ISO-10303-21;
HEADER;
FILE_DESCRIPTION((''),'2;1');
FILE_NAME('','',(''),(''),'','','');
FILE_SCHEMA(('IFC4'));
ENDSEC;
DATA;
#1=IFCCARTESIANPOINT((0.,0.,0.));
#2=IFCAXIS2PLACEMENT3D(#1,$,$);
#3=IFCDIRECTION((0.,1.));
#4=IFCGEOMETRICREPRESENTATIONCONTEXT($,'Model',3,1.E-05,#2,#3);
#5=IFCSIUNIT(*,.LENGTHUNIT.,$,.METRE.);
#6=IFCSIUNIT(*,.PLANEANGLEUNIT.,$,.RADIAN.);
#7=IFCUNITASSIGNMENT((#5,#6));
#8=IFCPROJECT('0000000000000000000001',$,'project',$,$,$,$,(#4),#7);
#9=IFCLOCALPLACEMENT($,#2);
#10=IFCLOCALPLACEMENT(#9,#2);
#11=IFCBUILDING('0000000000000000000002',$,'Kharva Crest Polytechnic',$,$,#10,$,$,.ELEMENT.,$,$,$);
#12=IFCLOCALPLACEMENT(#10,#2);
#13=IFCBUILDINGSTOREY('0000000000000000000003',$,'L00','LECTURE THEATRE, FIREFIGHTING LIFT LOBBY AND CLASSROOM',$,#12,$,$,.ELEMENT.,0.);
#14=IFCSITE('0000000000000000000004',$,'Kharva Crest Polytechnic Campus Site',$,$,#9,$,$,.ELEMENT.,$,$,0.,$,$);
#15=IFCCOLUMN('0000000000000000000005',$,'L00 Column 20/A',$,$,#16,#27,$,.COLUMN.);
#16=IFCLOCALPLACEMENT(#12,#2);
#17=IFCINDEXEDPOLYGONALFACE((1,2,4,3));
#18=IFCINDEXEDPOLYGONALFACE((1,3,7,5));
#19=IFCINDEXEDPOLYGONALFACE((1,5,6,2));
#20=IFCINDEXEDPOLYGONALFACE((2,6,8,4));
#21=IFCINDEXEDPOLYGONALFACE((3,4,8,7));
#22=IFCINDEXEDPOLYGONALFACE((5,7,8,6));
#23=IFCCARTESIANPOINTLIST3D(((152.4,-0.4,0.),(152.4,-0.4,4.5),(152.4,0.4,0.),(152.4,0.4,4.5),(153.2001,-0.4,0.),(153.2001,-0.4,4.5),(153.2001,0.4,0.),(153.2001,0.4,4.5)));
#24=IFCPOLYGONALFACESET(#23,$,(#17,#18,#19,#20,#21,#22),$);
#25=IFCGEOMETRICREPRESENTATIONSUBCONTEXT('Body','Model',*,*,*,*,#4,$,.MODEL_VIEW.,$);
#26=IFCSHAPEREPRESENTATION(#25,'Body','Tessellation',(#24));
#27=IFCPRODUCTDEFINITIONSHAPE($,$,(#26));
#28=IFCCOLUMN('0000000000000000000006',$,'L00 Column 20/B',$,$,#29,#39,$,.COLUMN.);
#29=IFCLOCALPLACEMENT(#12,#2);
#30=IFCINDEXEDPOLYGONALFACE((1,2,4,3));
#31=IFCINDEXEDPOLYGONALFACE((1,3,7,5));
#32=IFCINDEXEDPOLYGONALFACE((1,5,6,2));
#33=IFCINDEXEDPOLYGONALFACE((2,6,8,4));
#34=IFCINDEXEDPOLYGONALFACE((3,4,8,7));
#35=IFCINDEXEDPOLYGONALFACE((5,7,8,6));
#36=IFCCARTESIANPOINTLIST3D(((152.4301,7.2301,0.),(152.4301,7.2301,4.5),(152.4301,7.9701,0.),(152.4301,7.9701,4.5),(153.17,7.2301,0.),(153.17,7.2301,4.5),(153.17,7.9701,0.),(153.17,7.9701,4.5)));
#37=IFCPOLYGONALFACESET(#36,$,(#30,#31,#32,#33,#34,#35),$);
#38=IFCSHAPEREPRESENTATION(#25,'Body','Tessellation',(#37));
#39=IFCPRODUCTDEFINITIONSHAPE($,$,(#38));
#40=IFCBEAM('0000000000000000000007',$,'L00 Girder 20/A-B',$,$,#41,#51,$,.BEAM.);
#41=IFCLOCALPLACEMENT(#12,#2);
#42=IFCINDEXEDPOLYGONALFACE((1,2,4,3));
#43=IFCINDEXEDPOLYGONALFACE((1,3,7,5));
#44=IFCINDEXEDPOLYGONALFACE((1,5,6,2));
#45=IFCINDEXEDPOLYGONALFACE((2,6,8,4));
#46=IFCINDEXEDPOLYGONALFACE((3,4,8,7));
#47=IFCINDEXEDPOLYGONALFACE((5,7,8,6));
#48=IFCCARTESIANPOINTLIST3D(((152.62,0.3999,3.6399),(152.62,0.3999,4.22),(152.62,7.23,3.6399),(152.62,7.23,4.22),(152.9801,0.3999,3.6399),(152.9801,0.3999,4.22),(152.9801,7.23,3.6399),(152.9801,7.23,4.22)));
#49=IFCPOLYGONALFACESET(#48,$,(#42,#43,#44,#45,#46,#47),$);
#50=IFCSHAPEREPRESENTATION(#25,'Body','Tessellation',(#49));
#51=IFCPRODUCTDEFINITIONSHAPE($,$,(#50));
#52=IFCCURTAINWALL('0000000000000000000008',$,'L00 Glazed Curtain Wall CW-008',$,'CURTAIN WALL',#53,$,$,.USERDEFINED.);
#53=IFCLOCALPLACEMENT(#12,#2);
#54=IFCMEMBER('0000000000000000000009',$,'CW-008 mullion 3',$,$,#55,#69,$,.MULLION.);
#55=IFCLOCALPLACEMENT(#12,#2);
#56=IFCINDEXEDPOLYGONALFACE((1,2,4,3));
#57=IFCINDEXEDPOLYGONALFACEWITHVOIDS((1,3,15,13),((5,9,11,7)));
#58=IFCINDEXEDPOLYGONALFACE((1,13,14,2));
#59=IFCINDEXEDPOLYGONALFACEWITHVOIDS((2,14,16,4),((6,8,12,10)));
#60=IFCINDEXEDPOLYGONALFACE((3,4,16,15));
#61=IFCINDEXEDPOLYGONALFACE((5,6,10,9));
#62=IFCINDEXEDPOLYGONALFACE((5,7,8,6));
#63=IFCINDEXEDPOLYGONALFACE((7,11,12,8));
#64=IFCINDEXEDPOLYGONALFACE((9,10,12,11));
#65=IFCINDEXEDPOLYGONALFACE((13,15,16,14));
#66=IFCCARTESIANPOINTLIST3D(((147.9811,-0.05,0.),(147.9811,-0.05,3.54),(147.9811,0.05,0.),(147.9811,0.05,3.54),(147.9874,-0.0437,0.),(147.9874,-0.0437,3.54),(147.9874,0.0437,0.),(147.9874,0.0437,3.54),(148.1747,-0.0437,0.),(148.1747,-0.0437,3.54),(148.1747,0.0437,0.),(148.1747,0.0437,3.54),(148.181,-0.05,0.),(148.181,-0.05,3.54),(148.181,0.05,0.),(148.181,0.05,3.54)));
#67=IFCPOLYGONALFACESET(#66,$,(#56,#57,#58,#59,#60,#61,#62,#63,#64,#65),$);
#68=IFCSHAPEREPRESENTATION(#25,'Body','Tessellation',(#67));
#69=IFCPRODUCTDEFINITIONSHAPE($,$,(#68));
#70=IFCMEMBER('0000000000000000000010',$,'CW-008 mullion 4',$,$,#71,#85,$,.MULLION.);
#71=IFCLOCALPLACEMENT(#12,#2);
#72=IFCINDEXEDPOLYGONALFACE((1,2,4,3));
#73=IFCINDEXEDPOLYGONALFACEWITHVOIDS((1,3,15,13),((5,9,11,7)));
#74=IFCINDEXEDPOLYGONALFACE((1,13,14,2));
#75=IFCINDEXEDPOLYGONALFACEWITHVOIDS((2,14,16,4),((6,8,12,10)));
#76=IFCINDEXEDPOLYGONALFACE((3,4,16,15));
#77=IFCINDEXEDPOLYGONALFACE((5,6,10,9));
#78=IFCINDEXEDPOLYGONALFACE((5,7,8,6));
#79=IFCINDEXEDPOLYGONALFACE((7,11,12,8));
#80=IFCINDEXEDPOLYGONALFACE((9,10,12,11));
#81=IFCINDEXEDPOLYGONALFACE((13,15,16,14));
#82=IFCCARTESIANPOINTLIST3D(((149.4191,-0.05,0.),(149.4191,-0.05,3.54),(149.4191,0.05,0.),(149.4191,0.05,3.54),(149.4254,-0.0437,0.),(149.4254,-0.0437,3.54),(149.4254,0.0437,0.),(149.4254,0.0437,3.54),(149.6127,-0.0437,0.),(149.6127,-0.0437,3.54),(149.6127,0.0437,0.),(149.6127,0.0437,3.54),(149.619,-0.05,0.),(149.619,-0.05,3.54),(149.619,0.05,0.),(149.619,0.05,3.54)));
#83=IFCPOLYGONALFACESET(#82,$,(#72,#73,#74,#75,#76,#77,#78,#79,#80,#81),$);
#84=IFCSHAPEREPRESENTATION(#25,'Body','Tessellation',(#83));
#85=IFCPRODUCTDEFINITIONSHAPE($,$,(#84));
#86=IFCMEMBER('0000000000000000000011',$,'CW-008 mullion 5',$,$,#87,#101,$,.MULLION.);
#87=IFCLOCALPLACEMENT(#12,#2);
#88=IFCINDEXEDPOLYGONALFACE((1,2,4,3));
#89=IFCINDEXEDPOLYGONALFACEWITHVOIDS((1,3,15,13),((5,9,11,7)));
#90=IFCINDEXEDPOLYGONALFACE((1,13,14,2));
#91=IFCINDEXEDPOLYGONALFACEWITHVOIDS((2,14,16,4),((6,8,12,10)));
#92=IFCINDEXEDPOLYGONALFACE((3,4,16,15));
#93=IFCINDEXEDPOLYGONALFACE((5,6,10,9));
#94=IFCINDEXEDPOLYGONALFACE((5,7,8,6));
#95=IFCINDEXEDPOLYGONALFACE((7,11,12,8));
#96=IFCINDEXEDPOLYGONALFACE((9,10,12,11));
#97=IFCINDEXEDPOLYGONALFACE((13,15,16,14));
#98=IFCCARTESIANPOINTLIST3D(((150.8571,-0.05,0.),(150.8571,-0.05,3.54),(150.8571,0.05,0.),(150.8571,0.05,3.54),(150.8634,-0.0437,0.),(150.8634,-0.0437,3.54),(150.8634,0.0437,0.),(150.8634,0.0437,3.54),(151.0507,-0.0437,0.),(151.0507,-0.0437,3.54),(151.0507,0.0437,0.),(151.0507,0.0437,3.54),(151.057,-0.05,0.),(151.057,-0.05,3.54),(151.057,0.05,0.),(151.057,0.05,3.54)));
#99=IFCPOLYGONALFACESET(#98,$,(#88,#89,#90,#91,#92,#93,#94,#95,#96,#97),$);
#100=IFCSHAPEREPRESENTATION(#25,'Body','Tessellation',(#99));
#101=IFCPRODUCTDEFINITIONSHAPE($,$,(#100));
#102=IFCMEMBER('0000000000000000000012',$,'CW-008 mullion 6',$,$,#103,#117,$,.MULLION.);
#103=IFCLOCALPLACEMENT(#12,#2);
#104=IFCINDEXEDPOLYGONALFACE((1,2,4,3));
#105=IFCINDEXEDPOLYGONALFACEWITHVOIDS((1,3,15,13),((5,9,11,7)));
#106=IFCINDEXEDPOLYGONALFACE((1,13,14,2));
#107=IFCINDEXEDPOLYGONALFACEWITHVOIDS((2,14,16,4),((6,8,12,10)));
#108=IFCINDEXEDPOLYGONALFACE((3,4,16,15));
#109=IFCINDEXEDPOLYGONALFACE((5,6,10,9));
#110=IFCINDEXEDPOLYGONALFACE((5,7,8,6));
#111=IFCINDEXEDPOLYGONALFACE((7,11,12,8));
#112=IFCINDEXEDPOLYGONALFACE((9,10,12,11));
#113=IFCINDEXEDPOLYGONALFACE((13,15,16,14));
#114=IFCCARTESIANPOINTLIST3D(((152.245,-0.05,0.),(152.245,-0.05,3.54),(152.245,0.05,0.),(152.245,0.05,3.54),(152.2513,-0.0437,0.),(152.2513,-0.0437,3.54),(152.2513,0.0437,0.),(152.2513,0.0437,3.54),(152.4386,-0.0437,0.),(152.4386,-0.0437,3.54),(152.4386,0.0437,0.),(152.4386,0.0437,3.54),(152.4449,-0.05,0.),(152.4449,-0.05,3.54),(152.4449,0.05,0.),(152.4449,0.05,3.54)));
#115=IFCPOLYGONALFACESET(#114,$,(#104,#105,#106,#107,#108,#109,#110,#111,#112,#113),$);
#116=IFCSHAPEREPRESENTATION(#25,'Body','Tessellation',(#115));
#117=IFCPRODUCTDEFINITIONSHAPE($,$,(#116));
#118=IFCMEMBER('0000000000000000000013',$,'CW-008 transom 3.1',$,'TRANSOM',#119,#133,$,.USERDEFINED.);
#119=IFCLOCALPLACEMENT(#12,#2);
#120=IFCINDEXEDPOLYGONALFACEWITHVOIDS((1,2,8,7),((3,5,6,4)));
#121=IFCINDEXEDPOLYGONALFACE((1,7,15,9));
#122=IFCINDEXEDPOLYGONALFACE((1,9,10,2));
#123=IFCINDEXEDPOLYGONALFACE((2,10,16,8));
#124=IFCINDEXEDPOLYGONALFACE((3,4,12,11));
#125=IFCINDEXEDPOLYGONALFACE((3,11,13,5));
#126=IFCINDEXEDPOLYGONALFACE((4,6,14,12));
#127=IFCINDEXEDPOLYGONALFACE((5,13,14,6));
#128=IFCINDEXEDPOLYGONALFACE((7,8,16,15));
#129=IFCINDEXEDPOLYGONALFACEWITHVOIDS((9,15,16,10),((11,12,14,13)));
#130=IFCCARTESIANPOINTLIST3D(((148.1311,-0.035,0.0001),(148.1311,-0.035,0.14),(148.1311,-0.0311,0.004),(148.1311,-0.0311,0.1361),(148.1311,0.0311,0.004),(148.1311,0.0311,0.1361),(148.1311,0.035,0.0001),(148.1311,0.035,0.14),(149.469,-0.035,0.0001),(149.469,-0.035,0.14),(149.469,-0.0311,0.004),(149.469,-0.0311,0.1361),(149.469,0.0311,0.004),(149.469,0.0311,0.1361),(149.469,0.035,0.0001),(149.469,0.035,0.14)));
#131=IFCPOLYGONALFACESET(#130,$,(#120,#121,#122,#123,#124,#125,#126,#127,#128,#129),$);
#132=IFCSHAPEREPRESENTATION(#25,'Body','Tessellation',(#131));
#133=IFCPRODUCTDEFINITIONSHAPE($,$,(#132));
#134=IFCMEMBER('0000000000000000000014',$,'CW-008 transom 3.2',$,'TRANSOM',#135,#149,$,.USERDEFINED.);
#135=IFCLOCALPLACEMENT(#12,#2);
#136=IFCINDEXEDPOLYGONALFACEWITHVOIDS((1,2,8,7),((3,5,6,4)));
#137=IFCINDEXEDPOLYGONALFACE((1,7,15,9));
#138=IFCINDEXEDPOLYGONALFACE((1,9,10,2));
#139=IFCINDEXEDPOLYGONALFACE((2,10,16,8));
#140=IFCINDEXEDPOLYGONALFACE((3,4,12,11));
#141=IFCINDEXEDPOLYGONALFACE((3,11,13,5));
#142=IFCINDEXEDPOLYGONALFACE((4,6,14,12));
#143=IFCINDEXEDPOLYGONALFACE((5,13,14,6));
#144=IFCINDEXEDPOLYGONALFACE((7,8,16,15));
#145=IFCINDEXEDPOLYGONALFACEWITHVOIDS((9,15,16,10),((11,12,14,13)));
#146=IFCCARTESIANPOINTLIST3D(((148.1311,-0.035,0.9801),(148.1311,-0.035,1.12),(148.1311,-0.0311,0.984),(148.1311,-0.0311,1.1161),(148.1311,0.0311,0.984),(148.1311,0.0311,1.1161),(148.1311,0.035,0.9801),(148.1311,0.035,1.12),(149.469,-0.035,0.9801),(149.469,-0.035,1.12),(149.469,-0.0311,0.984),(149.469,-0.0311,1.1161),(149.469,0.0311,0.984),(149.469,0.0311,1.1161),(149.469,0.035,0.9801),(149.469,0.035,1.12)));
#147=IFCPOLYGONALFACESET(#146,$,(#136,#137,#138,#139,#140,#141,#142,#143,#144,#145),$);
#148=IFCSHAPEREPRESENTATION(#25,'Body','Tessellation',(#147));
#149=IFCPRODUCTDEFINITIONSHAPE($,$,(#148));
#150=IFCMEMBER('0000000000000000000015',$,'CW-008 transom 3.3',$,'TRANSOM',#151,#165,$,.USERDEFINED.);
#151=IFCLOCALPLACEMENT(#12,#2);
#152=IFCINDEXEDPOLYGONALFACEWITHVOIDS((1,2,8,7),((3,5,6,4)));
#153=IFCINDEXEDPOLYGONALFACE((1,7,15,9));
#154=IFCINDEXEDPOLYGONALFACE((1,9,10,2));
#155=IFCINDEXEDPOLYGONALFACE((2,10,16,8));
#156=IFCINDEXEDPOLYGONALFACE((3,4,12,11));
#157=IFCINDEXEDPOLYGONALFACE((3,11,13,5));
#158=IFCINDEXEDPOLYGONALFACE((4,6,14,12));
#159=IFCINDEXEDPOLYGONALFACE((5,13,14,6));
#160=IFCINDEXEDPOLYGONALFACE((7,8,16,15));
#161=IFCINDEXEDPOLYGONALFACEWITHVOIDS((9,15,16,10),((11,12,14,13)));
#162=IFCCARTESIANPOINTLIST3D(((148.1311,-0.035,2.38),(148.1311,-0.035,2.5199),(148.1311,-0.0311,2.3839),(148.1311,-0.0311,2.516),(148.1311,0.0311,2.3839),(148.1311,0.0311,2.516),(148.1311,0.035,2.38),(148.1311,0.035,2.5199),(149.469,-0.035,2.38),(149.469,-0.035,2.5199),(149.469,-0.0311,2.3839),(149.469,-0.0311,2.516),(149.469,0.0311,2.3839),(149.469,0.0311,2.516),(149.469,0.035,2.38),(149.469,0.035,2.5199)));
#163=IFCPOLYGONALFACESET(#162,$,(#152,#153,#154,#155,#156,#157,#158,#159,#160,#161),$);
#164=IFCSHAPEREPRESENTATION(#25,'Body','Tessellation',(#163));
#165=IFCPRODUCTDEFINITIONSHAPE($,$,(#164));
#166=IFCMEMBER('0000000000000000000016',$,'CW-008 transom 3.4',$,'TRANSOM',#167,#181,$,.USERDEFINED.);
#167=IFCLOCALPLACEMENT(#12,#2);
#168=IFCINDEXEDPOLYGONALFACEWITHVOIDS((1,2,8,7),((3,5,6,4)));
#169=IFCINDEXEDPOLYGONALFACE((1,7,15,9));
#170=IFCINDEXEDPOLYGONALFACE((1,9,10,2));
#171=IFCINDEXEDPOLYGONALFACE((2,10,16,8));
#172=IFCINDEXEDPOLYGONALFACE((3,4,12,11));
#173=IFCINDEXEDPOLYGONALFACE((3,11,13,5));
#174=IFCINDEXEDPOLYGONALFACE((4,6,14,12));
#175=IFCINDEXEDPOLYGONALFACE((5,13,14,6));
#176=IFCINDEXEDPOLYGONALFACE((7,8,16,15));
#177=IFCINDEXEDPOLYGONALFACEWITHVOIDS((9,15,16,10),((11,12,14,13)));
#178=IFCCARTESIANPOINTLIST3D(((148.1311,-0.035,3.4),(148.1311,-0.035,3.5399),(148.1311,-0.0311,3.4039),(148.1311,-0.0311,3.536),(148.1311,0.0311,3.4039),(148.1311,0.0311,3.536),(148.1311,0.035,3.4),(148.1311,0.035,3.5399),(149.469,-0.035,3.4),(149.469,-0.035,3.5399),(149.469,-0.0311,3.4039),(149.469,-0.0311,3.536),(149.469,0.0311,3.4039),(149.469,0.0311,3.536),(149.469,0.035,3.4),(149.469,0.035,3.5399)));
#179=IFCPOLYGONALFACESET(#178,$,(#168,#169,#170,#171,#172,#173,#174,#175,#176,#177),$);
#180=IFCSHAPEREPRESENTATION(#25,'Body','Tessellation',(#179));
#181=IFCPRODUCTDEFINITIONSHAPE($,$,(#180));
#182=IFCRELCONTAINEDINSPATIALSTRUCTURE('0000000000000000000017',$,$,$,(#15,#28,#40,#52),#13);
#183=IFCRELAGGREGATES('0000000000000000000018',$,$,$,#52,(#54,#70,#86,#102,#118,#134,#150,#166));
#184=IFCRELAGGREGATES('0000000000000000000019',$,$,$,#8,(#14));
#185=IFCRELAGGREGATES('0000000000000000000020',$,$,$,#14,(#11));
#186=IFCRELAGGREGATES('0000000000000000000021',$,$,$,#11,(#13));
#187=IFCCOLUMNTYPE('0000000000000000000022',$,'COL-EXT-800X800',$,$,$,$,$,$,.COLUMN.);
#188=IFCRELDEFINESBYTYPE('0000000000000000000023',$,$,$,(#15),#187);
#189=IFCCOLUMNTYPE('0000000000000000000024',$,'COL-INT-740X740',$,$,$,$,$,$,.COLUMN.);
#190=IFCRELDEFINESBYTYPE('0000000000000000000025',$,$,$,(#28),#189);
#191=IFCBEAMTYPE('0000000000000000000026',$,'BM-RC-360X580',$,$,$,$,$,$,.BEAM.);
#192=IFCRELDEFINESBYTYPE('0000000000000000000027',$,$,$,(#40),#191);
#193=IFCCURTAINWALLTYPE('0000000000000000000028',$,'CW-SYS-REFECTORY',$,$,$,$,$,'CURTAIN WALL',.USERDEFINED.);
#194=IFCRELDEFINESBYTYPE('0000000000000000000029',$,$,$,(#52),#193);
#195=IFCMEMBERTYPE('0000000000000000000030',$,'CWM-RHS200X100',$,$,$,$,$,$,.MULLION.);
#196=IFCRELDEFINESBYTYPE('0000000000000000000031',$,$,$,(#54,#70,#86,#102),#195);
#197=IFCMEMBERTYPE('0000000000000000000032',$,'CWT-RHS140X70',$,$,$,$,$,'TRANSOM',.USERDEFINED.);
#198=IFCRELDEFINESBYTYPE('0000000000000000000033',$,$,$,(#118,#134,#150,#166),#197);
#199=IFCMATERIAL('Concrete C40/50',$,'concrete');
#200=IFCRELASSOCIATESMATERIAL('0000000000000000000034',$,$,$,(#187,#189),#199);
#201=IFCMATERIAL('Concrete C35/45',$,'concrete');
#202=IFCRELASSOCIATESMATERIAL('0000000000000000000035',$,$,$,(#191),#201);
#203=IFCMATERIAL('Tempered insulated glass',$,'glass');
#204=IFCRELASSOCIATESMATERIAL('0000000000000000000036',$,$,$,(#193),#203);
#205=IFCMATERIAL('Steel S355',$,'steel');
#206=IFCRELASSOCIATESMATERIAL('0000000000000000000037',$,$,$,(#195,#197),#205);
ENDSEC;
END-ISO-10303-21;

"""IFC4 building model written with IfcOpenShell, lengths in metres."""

from ifc_helpers import new_model, si_unit, direction, frame, origin, origin_2d, place, context, subcontext, project, spatial, rectangle, hollow_rectangle, extrude, material, material_profile, profile_set, type_object, element, aggregate, save


model = new_model("IFC4")

# Units and contexts
model_context = context("Model", 3, precision=1e-05, world=origin(), true_north=direction((0.0, 1.0)))
body_context = subcontext(model_context, "Body", "Model", "MODEL_VIEW")
ifc_project = project(units=[si_unit("LENGTHUNIT", "METRE"), si_unit("PLANEANGLEUNIT", "RADIAN")], contexts=[model_context])

# Site, building, storey
site_placement = place(None, origin())
site = spatial("IfcSite", under=ifc_project, at=site_placement, Name="Kharva Crest Polytechnic Campus Site", CompositionType="ELEMENT", RefElevation=0.0)
building_placement = place(site_placement, origin())
building = spatial("IfcBuilding", under=site, at=building_placement, Name="Kharva Crest Polytechnic", CompositionType="ELEMENT")
storey_placement = place(building_placement, origin())
storey = spatial("IfcBuildingStorey", under=building, at=storey_placement, Name="L00", Description="LECTURE THEATRE, FIREFIGHTING LIFT LOBBY AND CLASSROOM", CompositionType="ELEMENT", Elevation=0.0)

# Columns
ifc_material_1 = material(Name="Concrete C40/50", Category="concrete")
ifc_material_profile_1 = material_profile(ifc_material_1, rectangle(XDim=0.8, YDim=0.8, at=origin_2d()), Name="RECT 800 X 800")
ifc_profile_set_1 = profile_set([ifc_material_profile_1], Name="Concrete C40/50")
column_type_1 = type_object("IfcColumnType", Name="COL-EXT-800X800", PredefinedType="COLUMN", material=ifc_profile_set_1)
column_1_placement = place(storey_placement, frame((152.8, 0.0, 0.0), z_axis=(0.0, 0.0, 1.0), x_axis=(1.0, 0.0, 0.0)))
element("IfcColumn", 1, at=column_1_placement, inside=storey, type_object=column_type_1, Name="L00 Column 20/A", PredefinedType="COLUMN", context=body_context, shape_type="SweptSolid", body=[
    extrude(rectangle(XDim=0.8, YDim=0.8, at=origin_2d()), origin(), (0.0, 0.0, 1.0), 4.5),
])
ifc_material_profile_2 = material_profile(ifc_material_1, rectangle(XDim=0.74, YDim=0.74, at=origin_2d()), Name="RECT 740 X 740")
ifc_profile_set_2 = profile_set([ifc_material_profile_2], Name="Concrete C40/50")
column_type_2 = type_object("IfcColumnType", Name="COL-INT-740X740", PredefinedType="COLUMN", material=ifc_profile_set_2)
column_2_placement = place(storey_placement, frame((152.8, 7.6001, 0.0), z_axis=(0.0, 0.0, 1.0), x_axis=(1.0, 0.0, 0.0)))
element("IfcColumn", 2, at=column_2_placement, inside=storey, type_object=column_type_2, Name="L00 Column 20/B", PredefinedType="COLUMN", context=body_context, shape_type="SweptSolid", body=[
    extrude(rectangle(XDim=0.74, YDim=0.74, at=origin_2d()), origin(), (0.0, 0.0, 1.0), 4.5),
])

# Beam
ifc_material_2 = material(Name="Concrete C35/45", Category="concrete")
ifc_material_profile_3 = material_profile(ifc_material_2, rectangle(XDim=0.3601, YDim=0.5801, at=origin_2d()), Name="RECT 360 X 580")
ifc_profile_set_3 = profile_set([ifc_material_profile_3], Name="Concrete C35/45")
beam_type_1 = type_object("IfcBeamType", Name="BM-RC-360X580", PredefinedType="BEAM", material=ifc_profile_set_3)
beam_1_placement = place(storey_placement, frame((152.8, 0.3999, 3.9299), z_axis=(0.0, 1.0, 0.0), x_axis=(-1.0, 0.0, 0.0)))
element("IfcBeam", 3, at=beam_1_placement, inside=storey, type_object=beam_type_1, Name="L00 Girder 20/A-B", PredefinedType="BEAM", context=body_context, shape_type="SweptSolid", body=[
    extrude(rectangle(XDim=0.3601, YDim=0.5801, at=origin_2d()), origin(), (0.0, 0.0, 1.0), 6.8301),
])

# Curtain wall, members
ifc_material_3 = material(Name="Tempered insulated glass", Category="glass")
curtain_wall_type = type_object("IfcCurtainWallType", Name="CW-SYS-REFECTORY", ElementType="CURTAIN WALL", PredefinedType="USERDEFINED", material=ifc_material_3)
curtain_wall_placement = place(storey_placement, origin())
curtain_wall = element("IfcCurtainWall", 4, at=curtain_wall_placement, inside=storey, type_object=curtain_wall_type, Name="L00 Glazed Curtain Wall CW-008", ObjectType="CURTAIN WALL", PredefinedType="USERDEFINED")
ifc_material_4 = material(Name="Steel S355", Category="steel")
ifc_material_profile_4 = material_profile(ifc_material_4, hollow_rectangle(XDim=0.1001, YDim=0.2, WallThickness=0.0063, at=origin_2d()), Name="RHS 200X100X6.3")
ifc_profile_set_4 = profile_set([ifc_material_profile_4], Name="Steel S355")
member_type_1 = type_object("IfcMemberType", Name="CWM-RHS200X100", PredefinedType="MULLION", material=ifc_profile_set_4)
member_1_placement = place(storey_placement, frame((148.0811, 0.0, 0.0), z_axis=(0.0, 0.0, 1.0), x_axis=(0.0, 1.0, 0.0)))
member_1 = element("IfcMember", 5, at=member_1_placement, type_object=member_type_1, Name="CW-008 mullion 3", PredefinedType="MULLION", context=body_context, shape_type="SweptSolid", body=[
    extrude(hollow_rectangle(XDim=0.1001, YDim=0.2, WallThickness=0.0063, at=origin_2d()), origin(), (0.0, 0.0, 1.0), 3.54),
])
member_2_placement = place(storey_placement, frame((149.519, 0.0, 0.0), z_axis=(0.0, 0.0, 1.0), x_axis=(0.0, 1.0, 0.0)))
member_2 = element("IfcMember", 6, at=member_2_placement, type_object=member_type_1, Name="CW-008 mullion 4", PredefinedType="MULLION", context=body_context, shape_type="SweptSolid", body=[
    extrude(hollow_rectangle(XDim=0.1001, YDim=0.2, WallThickness=0.0063, at=origin_2d()), origin(), (0.0, 0.0, 1.0), 3.54),
])
member_3_placement = place(storey_placement, frame((150.957, 0.0, 0.0), z_axis=(0.0, 0.0, 1.0), x_axis=(0.0, 1.0, 0.0)))
member_3 = element("IfcMember", 7, at=member_3_placement, type_object=member_type_1, Name="CW-008 mullion 5", PredefinedType="MULLION", context=body_context, shape_type="SweptSolid", body=[
    extrude(hollow_rectangle(XDim=0.1001, YDim=0.2, WallThickness=0.0063, at=origin_2d()), origin(), (0.0, 0.0, 1.0), 3.54),
])
member_4_placement = place(storey_placement, frame((152.345, 0.0, 0.0), z_axis=(0.0, 0.0, 1.0), x_axis=(0.0, 1.0, 0.0)))
member_4 = element("IfcMember", 8, at=member_4_placement, type_object=member_type_1, Name="CW-008 mullion 6", PredefinedType="MULLION", context=body_context, shape_type="SweptSolid", body=[
    extrude(hollow_rectangle(XDim=0.1001, YDim=0.2, WallThickness=0.0063, at=origin_2d()), origin(), (0.0, 0.0, 1.0), 3.54),
])
ifc_material_profile_5 = material_profile(ifc_material_4, hollow_rectangle(XDim=0.0701, YDim=0.1399, WallThickness=0.0039, at=origin_2d()), Name="RHS 140X70X4.0")
ifc_profile_set_5 = profile_set([ifc_material_profile_5], Name="Steel S355")
member_type_2 = type_object("IfcMemberType", Name="CWT-RHS140X70", ElementType="TRANSOM", PredefinedType="USERDEFINED", material=ifc_profile_set_5)
member_5_placement = place(storey_placement, frame((148.1311, 0.0, 0.0701), z_axis=(1.0, 0.0, 0.0), x_axis=(0.0, 1.0, 0.0)))
member_5 = element("IfcMember", 9, at=member_5_placement, type_object=member_type_2, Name="CW-008 transom 3.1", ObjectType="TRANSOM", PredefinedType="USERDEFINED", context=body_context, shape_type="SweptSolid", body=[
    extrude(hollow_rectangle(XDim=0.0701, YDim=0.1399, WallThickness=0.0039, at=origin_2d()), origin(), (0.0, 0.0, 1.0), 1.3379),
])
member_6_placement = place(storey_placement, frame((148.1311, 0.0, 1.05), z_axis=(1.0, 0.0, 0.0), x_axis=(0.0, 1.0, 0.0)))
member_6 = element("IfcMember", 10, at=member_6_placement, type_object=member_type_2, Name="CW-008 transom 3.2", ObjectType="TRANSOM", PredefinedType="USERDEFINED", context=body_context, shape_type="SweptSolid", body=[
    extrude(hollow_rectangle(XDim=0.0701, YDim=0.1399, WallThickness=0.0039, at=origin_2d()), origin(), (0.0, 0.0, 1.0), 1.3379),
])
member_7_placement = place(storey_placement, frame((148.1311, 0.0, 2.45), z_axis=(1.0, 0.0, 0.0), x_axis=(0.0, 1.0, 0.0)))
member_7 = element("IfcMember", 11, at=member_7_placement, type_object=member_type_2, Name="CW-008 transom 3.3", ObjectType="TRANSOM", PredefinedType="USERDEFINED", context=body_context, shape_type="SweptSolid", body=[
    extrude(hollow_rectangle(XDim=0.0701, YDim=0.1399, WallThickness=0.0039, at=origin_2d()), origin(), (0.0, 0.0, 1.0), 1.3379),
])
member_8_placement = place(storey_placement, frame((148.1311, 0.0, 3.47), z_axis=(1.0, 0.0, 0.0), x_axis=(0.0, 1.0, 0.0)))
member_8 = element("IfcMember", 12, at=member_8_placement, type_object=member_type_2, Name="CW-008 transom 3.4", ObjectType="TRANSOM", PredefinedType="USERDEFINED", context=body_context, shape_type="SweptSolid", body=[
    extrude(hollow_rectangle(XDim=0.0701, YDim=0.1399, WallThickness=0.0039, at=origin_2d()), origin(), (0.0, 0.0, 1.0), 1.3379),
])

aggregate(curtain_wall, [member_1, member_2, member_3, member_4, member_5, member_6, member_7, member_8])

save(model, "model.ifc")
